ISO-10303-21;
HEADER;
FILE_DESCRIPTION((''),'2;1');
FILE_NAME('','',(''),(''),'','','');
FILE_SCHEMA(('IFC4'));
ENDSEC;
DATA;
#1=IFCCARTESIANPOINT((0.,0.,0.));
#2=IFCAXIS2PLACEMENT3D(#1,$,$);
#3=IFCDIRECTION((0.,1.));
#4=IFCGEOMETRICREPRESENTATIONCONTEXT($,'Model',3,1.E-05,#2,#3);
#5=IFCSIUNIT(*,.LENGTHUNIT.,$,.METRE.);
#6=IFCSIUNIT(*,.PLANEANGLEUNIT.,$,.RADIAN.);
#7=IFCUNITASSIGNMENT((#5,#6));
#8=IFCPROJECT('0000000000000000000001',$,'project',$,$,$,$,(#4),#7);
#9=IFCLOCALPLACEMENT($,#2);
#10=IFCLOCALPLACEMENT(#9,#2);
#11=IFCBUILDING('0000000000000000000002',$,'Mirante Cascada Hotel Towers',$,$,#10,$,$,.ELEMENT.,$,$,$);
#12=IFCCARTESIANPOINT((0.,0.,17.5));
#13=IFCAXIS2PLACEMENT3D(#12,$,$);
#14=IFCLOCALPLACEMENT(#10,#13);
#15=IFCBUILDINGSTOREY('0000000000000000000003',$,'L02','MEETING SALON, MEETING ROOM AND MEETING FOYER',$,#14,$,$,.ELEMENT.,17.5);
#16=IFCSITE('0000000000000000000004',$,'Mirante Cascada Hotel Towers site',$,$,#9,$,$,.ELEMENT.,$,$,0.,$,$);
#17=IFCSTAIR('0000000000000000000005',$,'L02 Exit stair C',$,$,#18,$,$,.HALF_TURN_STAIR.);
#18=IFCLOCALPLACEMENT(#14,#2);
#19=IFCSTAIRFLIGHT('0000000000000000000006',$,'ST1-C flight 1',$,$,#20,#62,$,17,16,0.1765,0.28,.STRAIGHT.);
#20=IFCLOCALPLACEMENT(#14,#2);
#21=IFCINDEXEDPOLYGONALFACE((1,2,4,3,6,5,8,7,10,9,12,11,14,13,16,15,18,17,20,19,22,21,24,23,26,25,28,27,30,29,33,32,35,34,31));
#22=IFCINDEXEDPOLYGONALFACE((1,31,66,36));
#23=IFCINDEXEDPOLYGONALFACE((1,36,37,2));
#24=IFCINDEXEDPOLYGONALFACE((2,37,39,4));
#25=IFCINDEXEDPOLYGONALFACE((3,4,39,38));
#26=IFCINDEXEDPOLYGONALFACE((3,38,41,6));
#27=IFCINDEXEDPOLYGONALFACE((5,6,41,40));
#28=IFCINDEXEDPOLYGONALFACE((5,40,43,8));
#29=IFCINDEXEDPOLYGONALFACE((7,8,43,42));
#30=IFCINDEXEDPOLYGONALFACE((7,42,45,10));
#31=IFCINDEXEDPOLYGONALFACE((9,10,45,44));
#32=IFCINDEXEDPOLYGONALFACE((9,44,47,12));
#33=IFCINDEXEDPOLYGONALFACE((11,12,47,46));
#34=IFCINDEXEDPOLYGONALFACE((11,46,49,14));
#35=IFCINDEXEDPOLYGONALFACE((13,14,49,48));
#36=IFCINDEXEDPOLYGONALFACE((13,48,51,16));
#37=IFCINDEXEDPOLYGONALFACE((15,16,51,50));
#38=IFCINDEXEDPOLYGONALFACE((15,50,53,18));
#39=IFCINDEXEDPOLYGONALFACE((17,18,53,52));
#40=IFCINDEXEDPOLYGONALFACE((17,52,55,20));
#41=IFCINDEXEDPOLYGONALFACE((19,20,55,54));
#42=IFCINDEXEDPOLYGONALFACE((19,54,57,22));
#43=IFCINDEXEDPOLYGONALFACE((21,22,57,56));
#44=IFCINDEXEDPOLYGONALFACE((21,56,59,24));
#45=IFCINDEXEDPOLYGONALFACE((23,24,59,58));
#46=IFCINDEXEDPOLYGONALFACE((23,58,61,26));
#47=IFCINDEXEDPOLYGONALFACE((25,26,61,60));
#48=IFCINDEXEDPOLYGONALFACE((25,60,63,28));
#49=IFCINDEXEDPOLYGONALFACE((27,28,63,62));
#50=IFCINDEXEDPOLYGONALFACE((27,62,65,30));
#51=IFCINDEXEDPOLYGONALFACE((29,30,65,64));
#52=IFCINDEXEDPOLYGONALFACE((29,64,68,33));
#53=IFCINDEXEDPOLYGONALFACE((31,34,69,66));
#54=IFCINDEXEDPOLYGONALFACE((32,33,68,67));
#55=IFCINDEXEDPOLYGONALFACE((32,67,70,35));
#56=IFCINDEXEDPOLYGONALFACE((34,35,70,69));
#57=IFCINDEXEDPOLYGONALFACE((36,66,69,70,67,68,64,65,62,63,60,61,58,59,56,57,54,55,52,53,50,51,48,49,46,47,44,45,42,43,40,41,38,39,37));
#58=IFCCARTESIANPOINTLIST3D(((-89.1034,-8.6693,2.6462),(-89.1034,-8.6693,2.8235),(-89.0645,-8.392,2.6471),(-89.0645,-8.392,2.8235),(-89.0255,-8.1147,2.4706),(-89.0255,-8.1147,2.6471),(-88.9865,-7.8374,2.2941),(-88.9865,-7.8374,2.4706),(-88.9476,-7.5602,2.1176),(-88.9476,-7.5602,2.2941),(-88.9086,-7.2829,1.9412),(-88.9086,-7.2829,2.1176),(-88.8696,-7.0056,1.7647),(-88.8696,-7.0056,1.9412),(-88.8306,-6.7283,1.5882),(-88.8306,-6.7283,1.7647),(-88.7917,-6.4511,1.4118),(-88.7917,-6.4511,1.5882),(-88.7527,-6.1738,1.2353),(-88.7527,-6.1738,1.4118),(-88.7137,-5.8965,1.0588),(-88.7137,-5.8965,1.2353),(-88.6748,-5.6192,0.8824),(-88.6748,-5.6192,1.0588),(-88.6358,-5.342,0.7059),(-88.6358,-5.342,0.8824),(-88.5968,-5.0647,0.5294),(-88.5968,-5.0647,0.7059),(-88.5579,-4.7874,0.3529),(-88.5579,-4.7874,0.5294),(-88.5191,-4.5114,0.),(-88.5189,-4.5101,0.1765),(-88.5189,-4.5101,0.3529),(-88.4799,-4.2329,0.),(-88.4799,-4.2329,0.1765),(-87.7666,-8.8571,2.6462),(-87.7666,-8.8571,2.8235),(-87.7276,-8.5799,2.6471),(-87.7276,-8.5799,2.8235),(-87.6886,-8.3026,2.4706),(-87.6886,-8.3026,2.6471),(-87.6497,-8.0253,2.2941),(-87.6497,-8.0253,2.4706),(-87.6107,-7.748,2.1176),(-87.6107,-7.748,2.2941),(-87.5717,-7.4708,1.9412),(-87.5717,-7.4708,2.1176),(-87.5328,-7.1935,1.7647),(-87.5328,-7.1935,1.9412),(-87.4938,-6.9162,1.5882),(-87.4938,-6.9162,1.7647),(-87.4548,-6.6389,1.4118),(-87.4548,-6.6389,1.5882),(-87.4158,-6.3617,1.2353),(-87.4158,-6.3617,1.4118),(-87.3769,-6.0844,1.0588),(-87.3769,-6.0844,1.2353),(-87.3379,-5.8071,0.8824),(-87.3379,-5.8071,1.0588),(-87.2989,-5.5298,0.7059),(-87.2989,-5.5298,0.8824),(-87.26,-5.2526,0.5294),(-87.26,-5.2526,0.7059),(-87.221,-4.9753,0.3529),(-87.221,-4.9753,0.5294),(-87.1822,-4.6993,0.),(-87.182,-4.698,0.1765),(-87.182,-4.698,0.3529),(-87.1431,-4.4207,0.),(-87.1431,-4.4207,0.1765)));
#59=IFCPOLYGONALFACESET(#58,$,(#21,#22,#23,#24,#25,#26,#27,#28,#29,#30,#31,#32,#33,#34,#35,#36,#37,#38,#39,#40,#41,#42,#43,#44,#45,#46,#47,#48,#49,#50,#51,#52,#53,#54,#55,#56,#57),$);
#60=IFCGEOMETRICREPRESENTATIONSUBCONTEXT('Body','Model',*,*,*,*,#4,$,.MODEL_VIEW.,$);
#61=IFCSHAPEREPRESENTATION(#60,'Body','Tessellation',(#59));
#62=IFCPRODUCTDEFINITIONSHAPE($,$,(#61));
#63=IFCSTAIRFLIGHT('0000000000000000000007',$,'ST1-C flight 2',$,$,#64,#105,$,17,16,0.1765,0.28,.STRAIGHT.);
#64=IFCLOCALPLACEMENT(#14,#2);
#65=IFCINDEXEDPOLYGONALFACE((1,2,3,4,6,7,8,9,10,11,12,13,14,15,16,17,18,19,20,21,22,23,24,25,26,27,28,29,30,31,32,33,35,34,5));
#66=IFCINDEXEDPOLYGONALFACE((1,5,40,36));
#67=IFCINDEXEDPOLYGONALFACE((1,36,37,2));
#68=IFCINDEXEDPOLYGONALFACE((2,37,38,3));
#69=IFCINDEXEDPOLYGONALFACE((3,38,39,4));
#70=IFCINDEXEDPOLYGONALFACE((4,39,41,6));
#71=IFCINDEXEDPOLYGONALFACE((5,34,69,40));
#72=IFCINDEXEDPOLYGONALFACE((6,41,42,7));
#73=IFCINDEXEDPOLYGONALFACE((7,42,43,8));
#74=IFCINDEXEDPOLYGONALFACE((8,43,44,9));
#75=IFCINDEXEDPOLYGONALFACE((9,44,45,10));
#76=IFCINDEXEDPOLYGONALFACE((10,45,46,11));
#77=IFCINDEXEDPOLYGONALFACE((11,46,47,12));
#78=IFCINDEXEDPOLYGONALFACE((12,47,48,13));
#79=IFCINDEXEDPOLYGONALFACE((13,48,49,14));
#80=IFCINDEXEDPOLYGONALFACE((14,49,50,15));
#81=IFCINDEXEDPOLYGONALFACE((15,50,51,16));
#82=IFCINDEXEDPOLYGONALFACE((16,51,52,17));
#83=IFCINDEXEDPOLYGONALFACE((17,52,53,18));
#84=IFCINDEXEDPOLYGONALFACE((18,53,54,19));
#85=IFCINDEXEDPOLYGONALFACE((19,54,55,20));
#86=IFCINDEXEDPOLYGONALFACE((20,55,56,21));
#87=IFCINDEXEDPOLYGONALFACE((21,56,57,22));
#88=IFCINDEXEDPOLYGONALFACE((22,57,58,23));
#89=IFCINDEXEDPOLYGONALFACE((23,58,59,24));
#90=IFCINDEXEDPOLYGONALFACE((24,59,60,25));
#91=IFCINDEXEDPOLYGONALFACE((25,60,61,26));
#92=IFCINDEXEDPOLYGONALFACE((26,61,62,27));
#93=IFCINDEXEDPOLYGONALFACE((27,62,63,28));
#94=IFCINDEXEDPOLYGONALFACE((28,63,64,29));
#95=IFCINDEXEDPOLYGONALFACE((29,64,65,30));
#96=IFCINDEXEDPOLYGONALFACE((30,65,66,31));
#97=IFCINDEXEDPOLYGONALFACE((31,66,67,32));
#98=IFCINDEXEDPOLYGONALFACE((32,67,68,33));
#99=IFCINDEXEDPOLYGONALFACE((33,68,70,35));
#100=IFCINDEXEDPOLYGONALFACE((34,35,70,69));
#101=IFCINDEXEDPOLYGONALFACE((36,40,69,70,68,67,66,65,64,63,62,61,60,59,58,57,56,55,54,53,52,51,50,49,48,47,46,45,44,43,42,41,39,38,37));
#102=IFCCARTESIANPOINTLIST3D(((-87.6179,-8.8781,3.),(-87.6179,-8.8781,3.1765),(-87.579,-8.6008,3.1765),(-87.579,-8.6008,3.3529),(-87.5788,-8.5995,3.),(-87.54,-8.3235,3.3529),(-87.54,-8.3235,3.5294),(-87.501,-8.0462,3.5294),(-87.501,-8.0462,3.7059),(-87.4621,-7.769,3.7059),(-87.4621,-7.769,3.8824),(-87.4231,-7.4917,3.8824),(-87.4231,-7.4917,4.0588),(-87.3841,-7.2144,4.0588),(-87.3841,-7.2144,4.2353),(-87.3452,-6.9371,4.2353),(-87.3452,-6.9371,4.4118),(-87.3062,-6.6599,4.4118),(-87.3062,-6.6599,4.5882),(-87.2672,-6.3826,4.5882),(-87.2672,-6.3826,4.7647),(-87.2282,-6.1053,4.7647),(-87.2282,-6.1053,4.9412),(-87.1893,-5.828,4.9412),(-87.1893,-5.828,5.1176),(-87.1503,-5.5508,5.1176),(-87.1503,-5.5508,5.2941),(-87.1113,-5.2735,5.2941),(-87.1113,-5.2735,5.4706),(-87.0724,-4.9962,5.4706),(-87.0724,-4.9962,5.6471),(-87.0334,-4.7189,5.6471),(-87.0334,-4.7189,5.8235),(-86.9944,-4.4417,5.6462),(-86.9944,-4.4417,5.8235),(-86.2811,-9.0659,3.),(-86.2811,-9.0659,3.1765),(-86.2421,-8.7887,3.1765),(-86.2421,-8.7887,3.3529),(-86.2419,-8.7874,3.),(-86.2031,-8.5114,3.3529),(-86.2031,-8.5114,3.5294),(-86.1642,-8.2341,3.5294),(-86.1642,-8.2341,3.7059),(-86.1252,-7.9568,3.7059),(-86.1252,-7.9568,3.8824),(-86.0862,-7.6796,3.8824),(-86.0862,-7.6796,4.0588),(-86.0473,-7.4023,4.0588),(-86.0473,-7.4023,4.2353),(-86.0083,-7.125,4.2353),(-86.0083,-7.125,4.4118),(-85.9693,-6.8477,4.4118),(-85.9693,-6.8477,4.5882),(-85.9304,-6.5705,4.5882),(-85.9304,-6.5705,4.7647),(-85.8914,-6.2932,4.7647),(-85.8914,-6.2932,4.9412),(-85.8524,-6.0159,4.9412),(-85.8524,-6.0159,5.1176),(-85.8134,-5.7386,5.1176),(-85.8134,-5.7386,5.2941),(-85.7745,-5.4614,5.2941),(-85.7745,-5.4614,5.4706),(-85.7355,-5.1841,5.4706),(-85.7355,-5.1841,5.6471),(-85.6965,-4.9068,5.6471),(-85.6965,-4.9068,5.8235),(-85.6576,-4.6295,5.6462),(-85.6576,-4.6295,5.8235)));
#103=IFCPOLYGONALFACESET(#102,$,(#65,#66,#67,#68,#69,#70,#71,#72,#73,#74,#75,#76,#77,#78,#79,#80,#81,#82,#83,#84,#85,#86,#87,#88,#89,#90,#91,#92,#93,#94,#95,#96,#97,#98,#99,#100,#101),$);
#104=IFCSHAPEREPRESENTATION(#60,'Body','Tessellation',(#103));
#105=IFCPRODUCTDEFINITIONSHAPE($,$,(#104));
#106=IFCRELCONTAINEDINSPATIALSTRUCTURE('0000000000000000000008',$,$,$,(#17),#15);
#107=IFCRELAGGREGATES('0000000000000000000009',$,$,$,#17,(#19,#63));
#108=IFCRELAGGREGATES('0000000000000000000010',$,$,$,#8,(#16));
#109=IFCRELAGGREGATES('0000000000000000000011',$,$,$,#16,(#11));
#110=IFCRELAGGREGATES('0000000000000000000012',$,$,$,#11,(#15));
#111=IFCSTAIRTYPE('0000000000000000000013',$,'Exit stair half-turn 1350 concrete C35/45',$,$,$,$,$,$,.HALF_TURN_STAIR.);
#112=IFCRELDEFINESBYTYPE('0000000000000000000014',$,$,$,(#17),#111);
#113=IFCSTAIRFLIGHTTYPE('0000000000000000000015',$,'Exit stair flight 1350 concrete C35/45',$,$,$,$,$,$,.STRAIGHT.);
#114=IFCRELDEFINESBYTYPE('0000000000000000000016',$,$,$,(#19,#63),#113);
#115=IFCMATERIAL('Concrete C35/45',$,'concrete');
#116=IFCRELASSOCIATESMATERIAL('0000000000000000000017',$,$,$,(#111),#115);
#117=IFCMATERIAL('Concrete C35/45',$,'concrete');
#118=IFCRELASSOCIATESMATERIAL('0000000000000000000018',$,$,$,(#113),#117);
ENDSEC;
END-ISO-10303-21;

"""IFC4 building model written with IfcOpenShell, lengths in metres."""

from ifc_helpers import new_model, si_unit, direction, frame, origin, place, context, subcontext, project, spatial, polyline, outline, extrude, material, type_object, element, aggregate, save


model = new_model("IFC4")

# Units and contexts
model_context = context("Model", 3, precision=1e-05, world=origin(), true_north=direction((0.0, 1.0)))
body_context = subcontext(model_context, "Body", "Model", "MODEL_VIEW")
ifc_project = project(units=[si_unit("LENGTHUNIT", "METRE"), si_unit("PLANEANGLEUNIT", "RADIAN")], contexts=[model_context])

# Site, building, storey
site_placement = place(None, origin())
site = spatial("IfcSite", under=ifc_project, at=site_placement, Name="Mirante Cascada Hotel Towers site", CompositionType="ELEMENT", RefElevation=0.0)
building_placement = place(site_placement, origin())
building = spatial("IfcBuilding", under=site, at=building_placement, Name="Mirante Cascada Hotel Towers", CompositionType="ELEMENT")
storey_placement = place(building_placement, frame((0.0, 0.0, 17.5)))
storey = spatial("IfcBuildingStorey", under=building, at=storey_placement, Name="L02", Description="MEETING SALON, MEETING ROOM AND MEETING FOYER", CompositionType="ELEMENT", Elevation=17.5)

# Stair, stair flights
ifc_material_1 = material(Name="Concrete C35/45", Category="concrete")
stair_type = type_object("IfcStairType", Name="Exit stair half-turn 1350 concrete C35/45", PredefinedType="HALF_TURN_STAIR", material=ifc_material_1)
stair_placement = place(storey_placement, origin())
stair = element("IfcStair", 1, at=stair_placement, inside=storey, type_object=stair_type, Name="L02 Exit stair C", PredefinedType="HALF_TURN_STAIR")
ifc_material_2 = material(Name="Concrete C35/45", Category="concrete")
stair_flight_type = type_object("IfcStairFlightType", Name="Exit stair flight 1350 concrete C35/45", PredefinedType="STRAIGHT", material=ifc_material_2)
stair_flight_1_placement = place(storey_placement, frame((-87.8115, -4.3268, 0.0), z_axis=(0.0, 0.0, 1.0), x_axis=(-0.139173, -0.990268, 0.0)))
stair_flight_1 = element("IfcStairFlight", 2, at=stair_flight_1_placement, type_object=stair_flight_type, Name="ST1-C flight 1", NumberOfRisers=17, NumberOfTreads=16, PredefinedType="STRAIGHT", RiserHeight=0.1765, TreadLength=0.28, context=body_context, shape_type="SweptSolid", body=[
    extrude(outline(polyline([(0.0, 0.0), (0.0, 0.1765), (0.28, 0.1765), (0.28, 0.3529), (0.56, 0.3529), (0.56, 0.5294), (0.84, 0.5294), (0.84, 0.7059), (1.12, 0.7059), (1.12, 0.8824), (1.4, 0.8824), (1.4, 1.0588), (1.68, 1.0588), (1.68, 1.2353), (1.96, 1.2353), (1.96, 1.4118), (2.24, 1.4118), (2.24, 1.5882), (2.52, 1.5882), (2.52, 1.7647), (2.8, 1.7647), (2.8, 1.9412), (3.08, 1.9412), (3.08, 2.1176), (3.36, 2.1176), (3.36, 2.2941), (3.64, 2.2941), (3.64, 2.4706), (3.92, 2.4706), (3.92, 2.6471), (4.2, 2.6471), (4.2, 2.8235), (4.48, 2.8235), (4.48, 3.0), (4.48, 2.6462), (0.2813, 0.0), (0.0, 0.0)])), frame((0.0, 0.675, 0.0), z_axis=(0.0, -1.0, 0.0), x_axis=(1.0, 0.0, 0.0)), (0.0, 0.0, 1.0), 1.35),
])
stair_flight_2_placement = place(storey_placement, frame((-86.9495, -8.972, 3.0), z_axis=(0.0, 0.0, 1.0), x_axis=(0.139173, 0.990268, 0.0)))
stair_flight_2 = element("IfcStairFlight", 3, at=stair_flight_2_placement, type_object=stair_flight_type, Name="ST1-C flight 2", NumberOfRisers=17, NumberOfTreads=16, PredefinedType="STRAIGHT", RiserHeight=0.1765, TreadLength=0.28, context=body_context, shape_type="SweptSolid", body=[
    extrude(outline(polyline([(0.0, 0.0), (0.0, 0.1765), (0.28, 0.1765), (0.28, 0.3529), (0.56, 0.3529), (0.56, 0.5294), (0.84, 0.5294), (0.84, 0.7059), (1.12, 0.7059), (1.12, 0.8824), (1.4, 0.8824), (1.4, 1.0588), (1.68, 1.0588), (1.68, 1.2353), (1.96, 1.2353), (1.96, 1.4118), (2.24, 1.4118), (2.24, 1.5882), (2.52, 1.5882), (2.52, 1.7647), (2.8, 1.7647), (2.8, 1.9412), (3.08, 1.9412), (3.08, 2.1176), (3.36, 2.1176), (3.36, 2.2941), (3.64, 2.2941), (3.64, 2.4706), (3.92, 2.4706), (3.92, 2.6471), (4.2, 2.6471), (4.2, 2.8235), (4.48, 2.8235), (4.48, 3.0), (4.48, 2.6462), (0.2813, 0.0), (0.0, 0.0)])), frame((0.0, 0.675, 0.0), z_axis=(0.0, -1.0, 0.0), x_axis=(1.0, 0.0, 0.0)), (0.0, 0.0, 1.0), 1.35),
])
aggregate(stair, [stair_flight_1, stair_flight_2])

save(model, "model.ifc")
